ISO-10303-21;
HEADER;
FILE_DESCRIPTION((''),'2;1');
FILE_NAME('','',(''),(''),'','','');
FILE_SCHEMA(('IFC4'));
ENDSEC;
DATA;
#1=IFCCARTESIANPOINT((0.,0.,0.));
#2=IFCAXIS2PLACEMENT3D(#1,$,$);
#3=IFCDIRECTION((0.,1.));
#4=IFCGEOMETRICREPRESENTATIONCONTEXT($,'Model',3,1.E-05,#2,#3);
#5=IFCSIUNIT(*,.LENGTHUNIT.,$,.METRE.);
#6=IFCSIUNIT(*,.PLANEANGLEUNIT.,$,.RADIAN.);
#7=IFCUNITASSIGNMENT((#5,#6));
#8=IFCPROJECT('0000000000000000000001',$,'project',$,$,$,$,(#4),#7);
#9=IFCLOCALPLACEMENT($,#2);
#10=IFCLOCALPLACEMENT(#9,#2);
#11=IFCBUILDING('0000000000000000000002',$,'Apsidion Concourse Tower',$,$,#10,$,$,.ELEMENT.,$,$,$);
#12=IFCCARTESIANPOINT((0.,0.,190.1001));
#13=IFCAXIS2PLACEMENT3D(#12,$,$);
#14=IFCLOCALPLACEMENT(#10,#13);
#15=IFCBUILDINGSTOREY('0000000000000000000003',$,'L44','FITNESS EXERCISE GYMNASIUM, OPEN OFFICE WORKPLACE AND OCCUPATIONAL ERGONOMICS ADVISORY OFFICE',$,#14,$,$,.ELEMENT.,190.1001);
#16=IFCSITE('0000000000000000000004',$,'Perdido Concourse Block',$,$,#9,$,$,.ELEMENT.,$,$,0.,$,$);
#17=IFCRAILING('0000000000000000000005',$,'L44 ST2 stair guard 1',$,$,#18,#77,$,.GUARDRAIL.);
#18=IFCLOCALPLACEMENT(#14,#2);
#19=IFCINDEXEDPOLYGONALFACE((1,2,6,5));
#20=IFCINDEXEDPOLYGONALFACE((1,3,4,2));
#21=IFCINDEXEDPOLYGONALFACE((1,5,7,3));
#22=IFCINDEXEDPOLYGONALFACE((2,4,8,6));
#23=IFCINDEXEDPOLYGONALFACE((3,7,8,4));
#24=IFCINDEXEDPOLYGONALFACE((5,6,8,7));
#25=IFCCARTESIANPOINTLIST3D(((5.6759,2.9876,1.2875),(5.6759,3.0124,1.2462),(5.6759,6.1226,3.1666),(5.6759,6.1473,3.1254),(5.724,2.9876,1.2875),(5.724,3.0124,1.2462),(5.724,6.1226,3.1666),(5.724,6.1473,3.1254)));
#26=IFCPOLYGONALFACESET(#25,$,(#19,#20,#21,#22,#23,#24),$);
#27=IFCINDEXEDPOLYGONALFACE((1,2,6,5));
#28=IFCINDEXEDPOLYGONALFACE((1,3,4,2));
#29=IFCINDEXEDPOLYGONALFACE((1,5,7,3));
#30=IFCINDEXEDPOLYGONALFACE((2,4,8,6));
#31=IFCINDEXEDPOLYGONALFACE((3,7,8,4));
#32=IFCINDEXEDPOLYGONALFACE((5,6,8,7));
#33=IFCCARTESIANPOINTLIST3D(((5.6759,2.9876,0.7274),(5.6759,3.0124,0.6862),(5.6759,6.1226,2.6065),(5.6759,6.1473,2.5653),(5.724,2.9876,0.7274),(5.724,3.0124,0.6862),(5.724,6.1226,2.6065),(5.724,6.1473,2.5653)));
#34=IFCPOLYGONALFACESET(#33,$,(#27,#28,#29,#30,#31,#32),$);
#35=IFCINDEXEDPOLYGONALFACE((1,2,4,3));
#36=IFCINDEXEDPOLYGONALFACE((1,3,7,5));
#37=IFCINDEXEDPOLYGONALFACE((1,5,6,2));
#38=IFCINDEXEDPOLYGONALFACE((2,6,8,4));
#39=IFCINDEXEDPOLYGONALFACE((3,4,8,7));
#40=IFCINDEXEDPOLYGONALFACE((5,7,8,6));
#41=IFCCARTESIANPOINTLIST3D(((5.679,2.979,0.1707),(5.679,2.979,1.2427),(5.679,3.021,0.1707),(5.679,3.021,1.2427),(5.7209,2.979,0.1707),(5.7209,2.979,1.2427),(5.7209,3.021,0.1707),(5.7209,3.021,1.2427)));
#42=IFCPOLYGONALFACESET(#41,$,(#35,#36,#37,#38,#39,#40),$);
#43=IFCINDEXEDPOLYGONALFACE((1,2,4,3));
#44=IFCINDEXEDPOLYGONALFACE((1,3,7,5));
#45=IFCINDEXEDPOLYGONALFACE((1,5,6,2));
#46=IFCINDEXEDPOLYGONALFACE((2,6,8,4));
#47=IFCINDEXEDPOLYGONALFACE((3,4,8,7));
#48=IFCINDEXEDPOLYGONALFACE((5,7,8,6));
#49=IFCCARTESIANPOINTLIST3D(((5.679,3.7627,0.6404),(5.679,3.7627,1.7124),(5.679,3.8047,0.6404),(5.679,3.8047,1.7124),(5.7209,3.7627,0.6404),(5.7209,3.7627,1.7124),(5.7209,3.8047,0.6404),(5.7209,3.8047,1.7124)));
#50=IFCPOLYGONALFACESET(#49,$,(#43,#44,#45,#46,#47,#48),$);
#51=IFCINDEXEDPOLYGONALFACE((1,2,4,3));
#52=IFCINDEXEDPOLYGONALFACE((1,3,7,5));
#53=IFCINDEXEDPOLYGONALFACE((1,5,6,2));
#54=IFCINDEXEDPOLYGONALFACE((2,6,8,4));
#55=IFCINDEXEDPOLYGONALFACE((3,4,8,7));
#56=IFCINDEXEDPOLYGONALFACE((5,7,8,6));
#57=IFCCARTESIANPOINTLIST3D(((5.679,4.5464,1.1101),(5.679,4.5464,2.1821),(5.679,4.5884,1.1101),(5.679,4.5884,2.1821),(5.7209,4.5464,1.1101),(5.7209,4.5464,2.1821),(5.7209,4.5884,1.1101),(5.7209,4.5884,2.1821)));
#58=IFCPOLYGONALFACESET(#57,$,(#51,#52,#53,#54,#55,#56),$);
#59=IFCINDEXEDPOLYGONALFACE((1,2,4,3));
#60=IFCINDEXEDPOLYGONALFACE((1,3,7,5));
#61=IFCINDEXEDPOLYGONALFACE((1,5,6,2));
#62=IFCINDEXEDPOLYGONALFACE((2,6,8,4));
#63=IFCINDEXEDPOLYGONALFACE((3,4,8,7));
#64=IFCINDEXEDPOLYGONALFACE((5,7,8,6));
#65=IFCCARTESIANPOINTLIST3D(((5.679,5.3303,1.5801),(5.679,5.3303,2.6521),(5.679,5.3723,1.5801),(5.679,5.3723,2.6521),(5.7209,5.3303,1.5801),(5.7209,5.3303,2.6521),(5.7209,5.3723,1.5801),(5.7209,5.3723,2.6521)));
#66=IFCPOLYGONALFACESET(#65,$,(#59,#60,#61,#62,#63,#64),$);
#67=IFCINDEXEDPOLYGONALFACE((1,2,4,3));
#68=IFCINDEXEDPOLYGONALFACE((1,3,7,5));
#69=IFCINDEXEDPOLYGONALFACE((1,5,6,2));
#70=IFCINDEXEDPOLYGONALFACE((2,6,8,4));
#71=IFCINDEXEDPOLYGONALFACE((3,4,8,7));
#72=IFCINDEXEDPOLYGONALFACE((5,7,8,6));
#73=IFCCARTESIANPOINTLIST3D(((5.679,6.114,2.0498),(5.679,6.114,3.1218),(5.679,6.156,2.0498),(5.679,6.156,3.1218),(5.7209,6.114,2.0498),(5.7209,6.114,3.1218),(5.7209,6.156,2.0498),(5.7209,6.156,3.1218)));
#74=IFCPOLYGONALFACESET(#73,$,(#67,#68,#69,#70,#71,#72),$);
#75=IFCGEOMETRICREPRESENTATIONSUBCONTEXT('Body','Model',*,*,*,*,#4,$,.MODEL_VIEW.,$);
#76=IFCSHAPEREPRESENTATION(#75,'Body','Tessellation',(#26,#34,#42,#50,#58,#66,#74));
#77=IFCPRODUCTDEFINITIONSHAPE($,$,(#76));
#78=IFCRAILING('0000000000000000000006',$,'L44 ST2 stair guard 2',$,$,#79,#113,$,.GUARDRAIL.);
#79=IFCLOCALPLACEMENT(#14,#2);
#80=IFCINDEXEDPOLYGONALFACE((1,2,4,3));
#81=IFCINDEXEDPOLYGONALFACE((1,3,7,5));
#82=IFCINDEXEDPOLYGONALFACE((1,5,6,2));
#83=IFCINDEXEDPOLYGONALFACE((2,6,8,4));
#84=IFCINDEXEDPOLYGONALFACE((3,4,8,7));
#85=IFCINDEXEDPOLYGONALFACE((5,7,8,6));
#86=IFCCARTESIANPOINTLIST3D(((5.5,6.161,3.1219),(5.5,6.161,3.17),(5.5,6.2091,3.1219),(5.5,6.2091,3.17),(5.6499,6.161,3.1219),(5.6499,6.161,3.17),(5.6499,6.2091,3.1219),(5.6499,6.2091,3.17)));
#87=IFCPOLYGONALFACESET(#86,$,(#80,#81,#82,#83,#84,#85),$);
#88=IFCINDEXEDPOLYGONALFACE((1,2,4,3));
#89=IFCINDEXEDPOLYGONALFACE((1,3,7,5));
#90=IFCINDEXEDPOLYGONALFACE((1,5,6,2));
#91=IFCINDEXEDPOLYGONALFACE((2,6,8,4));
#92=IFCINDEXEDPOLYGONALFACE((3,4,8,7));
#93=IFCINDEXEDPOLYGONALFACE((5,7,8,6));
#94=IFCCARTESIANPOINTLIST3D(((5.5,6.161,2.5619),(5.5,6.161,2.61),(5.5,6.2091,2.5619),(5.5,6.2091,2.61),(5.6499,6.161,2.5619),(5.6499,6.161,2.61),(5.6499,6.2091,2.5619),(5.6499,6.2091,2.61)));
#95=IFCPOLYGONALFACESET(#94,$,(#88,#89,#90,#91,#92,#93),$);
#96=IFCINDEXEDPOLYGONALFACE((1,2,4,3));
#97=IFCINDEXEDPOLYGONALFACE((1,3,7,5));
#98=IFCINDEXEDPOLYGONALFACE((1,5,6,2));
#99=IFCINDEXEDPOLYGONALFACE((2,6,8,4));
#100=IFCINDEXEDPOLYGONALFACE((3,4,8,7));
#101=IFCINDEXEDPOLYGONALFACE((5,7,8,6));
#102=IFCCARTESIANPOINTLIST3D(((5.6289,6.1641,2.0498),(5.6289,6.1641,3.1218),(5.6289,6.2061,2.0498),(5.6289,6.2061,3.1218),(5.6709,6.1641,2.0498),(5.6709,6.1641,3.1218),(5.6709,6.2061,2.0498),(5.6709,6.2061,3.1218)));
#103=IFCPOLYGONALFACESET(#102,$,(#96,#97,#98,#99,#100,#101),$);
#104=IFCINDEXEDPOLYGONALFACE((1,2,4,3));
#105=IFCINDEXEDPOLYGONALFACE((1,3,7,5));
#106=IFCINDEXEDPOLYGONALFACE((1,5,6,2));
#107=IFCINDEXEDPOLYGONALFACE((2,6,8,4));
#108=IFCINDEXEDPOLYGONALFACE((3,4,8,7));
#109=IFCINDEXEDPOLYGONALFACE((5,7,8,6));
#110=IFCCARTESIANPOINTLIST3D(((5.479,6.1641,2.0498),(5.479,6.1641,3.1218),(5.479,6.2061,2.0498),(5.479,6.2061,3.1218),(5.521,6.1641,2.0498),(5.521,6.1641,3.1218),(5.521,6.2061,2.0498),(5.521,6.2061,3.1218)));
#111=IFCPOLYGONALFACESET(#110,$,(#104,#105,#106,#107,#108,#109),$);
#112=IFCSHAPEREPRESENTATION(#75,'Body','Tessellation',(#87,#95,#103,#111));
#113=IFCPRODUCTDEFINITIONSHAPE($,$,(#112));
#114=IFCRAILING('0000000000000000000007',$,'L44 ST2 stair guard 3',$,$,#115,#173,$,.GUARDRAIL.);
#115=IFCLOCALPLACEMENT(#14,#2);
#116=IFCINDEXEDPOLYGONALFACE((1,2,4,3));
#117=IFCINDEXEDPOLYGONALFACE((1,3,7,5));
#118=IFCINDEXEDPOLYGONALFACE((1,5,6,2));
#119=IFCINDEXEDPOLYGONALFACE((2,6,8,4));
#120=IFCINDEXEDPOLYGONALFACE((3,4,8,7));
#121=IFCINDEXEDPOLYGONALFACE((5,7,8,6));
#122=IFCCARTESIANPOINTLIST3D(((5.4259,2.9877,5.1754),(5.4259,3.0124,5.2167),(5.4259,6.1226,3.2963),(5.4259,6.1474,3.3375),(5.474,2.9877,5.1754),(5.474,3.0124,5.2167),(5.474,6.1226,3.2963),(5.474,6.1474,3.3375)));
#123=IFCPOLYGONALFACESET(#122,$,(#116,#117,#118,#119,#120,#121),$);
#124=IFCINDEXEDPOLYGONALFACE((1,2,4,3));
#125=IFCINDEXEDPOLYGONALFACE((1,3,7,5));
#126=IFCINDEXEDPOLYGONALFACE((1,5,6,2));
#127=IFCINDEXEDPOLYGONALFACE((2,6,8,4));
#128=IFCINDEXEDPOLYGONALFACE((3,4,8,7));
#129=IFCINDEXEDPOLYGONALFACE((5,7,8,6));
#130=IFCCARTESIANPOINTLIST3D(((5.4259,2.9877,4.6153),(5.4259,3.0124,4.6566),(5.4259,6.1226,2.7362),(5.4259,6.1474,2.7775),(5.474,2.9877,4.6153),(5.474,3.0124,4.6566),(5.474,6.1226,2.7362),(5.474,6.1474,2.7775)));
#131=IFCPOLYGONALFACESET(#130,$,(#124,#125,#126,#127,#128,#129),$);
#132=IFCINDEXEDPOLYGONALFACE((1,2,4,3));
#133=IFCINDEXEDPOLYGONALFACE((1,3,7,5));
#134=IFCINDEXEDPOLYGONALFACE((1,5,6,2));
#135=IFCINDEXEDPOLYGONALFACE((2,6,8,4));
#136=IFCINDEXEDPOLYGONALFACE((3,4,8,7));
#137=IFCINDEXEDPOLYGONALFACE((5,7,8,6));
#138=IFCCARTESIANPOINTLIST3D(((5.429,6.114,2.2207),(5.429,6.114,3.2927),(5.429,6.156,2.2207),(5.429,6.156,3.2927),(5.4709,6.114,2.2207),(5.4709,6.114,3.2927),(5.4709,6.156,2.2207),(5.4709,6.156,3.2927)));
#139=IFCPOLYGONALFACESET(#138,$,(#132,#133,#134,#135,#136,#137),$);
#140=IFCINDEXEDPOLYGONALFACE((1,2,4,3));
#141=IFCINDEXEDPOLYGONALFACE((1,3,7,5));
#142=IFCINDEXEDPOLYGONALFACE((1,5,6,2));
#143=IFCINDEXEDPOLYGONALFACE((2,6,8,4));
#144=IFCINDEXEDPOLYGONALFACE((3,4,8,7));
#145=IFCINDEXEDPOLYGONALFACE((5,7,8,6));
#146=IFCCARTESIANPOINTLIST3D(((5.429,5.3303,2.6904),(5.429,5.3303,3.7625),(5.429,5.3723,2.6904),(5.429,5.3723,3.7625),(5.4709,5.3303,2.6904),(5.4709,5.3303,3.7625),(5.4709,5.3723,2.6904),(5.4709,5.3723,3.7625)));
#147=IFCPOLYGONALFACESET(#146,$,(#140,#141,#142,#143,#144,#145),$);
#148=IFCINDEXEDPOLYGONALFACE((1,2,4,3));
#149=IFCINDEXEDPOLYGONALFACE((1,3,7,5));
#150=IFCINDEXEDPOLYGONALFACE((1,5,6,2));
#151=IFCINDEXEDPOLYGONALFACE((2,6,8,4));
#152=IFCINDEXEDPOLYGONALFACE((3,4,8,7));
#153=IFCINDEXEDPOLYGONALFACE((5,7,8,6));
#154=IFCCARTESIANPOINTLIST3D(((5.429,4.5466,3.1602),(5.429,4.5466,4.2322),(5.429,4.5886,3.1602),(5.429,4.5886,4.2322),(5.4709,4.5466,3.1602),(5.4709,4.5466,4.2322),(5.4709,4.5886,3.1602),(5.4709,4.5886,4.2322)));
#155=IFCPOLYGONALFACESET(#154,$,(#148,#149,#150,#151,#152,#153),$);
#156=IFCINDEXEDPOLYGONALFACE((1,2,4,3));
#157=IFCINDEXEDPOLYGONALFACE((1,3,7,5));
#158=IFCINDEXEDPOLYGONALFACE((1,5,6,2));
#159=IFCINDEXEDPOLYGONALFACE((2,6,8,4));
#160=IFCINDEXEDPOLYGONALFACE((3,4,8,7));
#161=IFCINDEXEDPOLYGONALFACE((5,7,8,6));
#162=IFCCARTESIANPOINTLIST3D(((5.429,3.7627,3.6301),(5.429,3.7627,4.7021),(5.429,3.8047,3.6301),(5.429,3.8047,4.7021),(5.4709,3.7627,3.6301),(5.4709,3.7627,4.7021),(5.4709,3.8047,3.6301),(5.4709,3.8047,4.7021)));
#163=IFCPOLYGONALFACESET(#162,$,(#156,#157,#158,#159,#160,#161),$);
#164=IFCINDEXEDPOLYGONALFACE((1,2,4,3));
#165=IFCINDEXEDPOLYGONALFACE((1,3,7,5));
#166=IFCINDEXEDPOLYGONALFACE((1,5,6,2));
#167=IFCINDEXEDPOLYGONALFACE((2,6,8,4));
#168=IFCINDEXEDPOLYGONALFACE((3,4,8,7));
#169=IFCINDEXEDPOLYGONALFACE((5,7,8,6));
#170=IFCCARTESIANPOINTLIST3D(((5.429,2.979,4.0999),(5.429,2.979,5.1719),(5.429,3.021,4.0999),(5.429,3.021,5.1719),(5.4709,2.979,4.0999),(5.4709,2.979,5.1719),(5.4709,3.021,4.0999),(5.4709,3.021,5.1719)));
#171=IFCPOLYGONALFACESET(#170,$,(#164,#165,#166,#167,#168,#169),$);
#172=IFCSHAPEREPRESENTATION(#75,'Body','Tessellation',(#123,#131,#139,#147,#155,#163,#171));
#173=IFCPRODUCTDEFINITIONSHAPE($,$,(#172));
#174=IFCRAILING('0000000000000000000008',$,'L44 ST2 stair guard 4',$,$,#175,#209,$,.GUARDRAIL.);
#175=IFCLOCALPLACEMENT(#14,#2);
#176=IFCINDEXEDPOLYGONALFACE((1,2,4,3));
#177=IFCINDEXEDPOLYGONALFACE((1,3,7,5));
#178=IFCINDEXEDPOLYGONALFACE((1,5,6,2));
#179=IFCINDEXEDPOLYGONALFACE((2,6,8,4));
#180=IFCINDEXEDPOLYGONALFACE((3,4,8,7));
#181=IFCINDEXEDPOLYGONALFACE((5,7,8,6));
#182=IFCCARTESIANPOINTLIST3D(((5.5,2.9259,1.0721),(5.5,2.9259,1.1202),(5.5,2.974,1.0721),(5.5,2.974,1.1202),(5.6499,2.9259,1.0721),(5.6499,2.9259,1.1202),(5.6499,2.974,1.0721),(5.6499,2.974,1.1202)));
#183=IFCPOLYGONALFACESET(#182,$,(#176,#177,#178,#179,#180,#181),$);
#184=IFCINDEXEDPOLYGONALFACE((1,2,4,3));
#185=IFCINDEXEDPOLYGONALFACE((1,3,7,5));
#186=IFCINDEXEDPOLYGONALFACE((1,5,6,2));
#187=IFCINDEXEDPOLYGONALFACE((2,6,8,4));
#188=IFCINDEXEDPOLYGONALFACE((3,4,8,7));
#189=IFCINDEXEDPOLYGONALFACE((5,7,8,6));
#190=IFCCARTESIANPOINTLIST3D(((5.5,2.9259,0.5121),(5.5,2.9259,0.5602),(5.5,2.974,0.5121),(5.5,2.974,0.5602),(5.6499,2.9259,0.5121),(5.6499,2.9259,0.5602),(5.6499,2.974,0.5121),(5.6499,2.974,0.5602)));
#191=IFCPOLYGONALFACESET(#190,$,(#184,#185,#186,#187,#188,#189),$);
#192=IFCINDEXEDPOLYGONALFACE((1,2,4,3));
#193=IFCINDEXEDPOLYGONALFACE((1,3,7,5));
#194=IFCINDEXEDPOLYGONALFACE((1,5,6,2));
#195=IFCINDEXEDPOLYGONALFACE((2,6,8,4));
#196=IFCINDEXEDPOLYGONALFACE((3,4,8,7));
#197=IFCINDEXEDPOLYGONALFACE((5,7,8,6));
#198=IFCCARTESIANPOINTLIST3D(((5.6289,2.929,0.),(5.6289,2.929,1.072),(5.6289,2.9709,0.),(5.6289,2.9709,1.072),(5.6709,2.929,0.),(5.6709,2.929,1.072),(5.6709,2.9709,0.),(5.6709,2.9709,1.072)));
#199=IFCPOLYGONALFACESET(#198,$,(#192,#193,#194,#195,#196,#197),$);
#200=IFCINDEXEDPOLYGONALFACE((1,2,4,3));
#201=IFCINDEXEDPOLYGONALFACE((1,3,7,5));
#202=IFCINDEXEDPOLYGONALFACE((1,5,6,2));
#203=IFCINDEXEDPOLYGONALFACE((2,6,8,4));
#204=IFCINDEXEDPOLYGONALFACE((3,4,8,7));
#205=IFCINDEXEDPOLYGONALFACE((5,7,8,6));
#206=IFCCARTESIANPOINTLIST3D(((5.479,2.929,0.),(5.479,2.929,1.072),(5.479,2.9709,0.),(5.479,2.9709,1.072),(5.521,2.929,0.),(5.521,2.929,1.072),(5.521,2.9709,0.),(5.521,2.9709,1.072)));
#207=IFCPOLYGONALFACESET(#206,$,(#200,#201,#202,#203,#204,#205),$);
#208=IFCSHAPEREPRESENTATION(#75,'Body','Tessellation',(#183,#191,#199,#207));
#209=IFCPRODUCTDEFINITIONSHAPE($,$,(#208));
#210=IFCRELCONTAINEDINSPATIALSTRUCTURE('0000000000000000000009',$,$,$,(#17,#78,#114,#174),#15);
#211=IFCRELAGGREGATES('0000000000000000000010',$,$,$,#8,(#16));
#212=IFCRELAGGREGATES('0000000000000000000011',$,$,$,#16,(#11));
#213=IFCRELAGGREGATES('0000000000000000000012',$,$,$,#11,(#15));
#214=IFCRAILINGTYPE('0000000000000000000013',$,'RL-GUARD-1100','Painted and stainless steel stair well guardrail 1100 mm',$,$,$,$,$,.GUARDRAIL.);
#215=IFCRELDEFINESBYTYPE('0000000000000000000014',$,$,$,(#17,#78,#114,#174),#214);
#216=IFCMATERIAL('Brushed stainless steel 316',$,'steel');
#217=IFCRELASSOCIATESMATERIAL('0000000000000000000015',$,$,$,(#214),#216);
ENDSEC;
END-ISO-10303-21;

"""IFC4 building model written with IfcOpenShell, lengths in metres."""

from ifc_helpers import new_model, si_unit, direction, frame, origin, origin_2d, place, context, subcontext, project, spatial, rectangle, extrude, material, type_object, element, save


model = new_model("IFC4")

# Units and contexts
model_context = context("Model", 3, precision=1e-05, world=origin(), true_north=direction((0.0, 1.0)))
body_context = subcontext(model_context, "Body", "Model", "MODEL_VIEW")
ifc_project = project(units=[si_unit("LENGTHUNIT", "METRE"), si_unit("PLANEANGLEUNIT", "RADIAN")], contexts=[model_context])

# Site, building, storey
site_placement = place(None, origin())
site = spatial("IfcSite", under=ifc_project, at=site_placement, Name="Perdido Concourse Block", CompositionType="ELEMENT", RefElevation=0.0)
building_placement = place(site_placement, origin())
building = spatial("IfcBuilding", under=site, at=building_placement, Name="Apsidion Concourse Tower", CompositionType="ELEMENT")
storey_placement = place(building_placement, frame((0.0, 0.0, 190.1001)))
storey = spatial("IfcBuildingStorey", under=building, at=storey_placement, Name="L44", Description="FITNESS EXERCISE GYMNASIUM, OPEN OFFICE WORKPLACE AND OCCUPATIONAL ERGONOMICS ADVISORY OFFICE", CompositionType="ELEMENT", Elevation=190.1001)

# Railings
ifc_material_1 = material(Name="Brushed stainless steel 316", Category="steel")
railing_type_1 = type_object("IfcRailingType", Name="RL-GUARD-1100", Description="Painted and stainless steel stair well guardrail 1100 mm", PredefinedType="GUARDRAIL", material=ifc_material_1)
railing_1_placement = place(storey_placement, frame((5.7, 3.0, 0.1707)))
element("IfcRailing", 1, at=railing_1_placement, inside=storey, type_object=railing_type_1, Name="L44 ST2 stair guard 1", PredefinedType="GUARDRAIL", context=body_context, shape_type="SweptSolid", body=[
    extrude(rectangle(XDim=0.0481, YDim=0.0481, at=origin_2d()), frame((0.0, 0.0, 1.0962), z_axis=(0.0, 0.857717, 0.514122), x_axis=(-1.0, 0.0, 0.0)), (0.0, 0.0, 1.0), 3.655),
    extrude(rectangle(XDim=0.0481, YDim=0.0481, at=origin_2d()), frame((0.0, 0.0, 0.5361), z_axis=(0.0, 0.857717, 0.514122), x_axis=(-1.0, 0.0, 0.0)), (0.0, 0.0, 1.0), 3.655),
    extrude(rectangle(XDim=0.042, YDim=0.042, at=origin_2d()), origin(), (0.0, 0.0, 1.0), 1.072),
    extrude(rectangle(XDim=0.042, YDim=0.042, at=origin_2d()), frame((0.0, 0.7837, 0.4697)), (0.0, 0.0, 1.0), 1.072),
    extrude(rectangle(XDim=0.042, YDim=0.042, at=origin_2d()), frame((0.0, 1.5674, 0.9395)), (0.0, 0.0, 1.0), 1.072),
    extrude(rectangle(XDim=0.042, YDim=0.042, at=origin_2d()), frame((0.0, 2.3513, 1.4094)), (0.0, 0.0, 1.0), 1.072),
    extrude(rectangle(XDim=0.042, YDim=0.042, at=origin_2d()), frame((0.0, 3.135, 1.8792)), (0.0, 0.0, 1.0), 1.072),
])
railing_2_placement = place(storey_placement, frame((5.6499, 6.1851, 2.0498)))
element("IfcRailing", 2, at=railing_2_placement, inside=storey, type_object=railing_type_1, Name="L44 ST2 stair guard 2", PredefinedType="GUARDRAIL", context=body_context, shape_type="SweptSolid", body=[
    extrude(rectangle(XDim=0.0481, YDim=0.0481, at=origin_2d()), frame((0.0, 0.0, 1.0962), z_axis=(-1.0, 0.0, 0.0), x_axis=(0.0, -1.0, 0.0)), (0.0, 0.0, 1.0), 0.1499),
    extrude(rectangle(XDim=0.0481, YDim=0.0481, at=origin_2d()), frame((0.0, 0.0, 0.5361), z_axis=(-1.0, 0.0, 0.0), x_axis=(0.0, -1.0, 0.0)), (0.0, 0.0, 1.0), 0.1499),
    extrude(rectangle(XDim=0.042, YDim=0.042, at=origin_2d()), origin(), (0.0, 0.0, 1.0), 1.072),
    extrude(rectangle(XDim=0.042, YDim=0.042, at=origin_2d()), frame((-0.1499, 0.0, 0.0)), (0.0, 0.0, 1.0), 1.072),
])
railing_3_placement = place(storey_placement, frame((5.45, 6.135, 2.2207)))
element("IfcRailing", 3, at=railing_3_placement, inside=storey, type_object=railing_type_1, Name="L44 ST2 stair guard 3", PredefinedType="GUARDRAIL", context=body_context, shape_type="SweptSolid", body=[
    extrude(rectangle(XDim=0.0481, YDim=0.0481, at=origin_2d()), frame((0.0, 0.0, 1.0962), z_axis=(0.0, -0.857717, 0.514122), x_axis=(1.0, 0.0, 0.0)), (0.0, 0.0, 1.0), 3.655),
    extrude(rectangle(XDim=0.0481, YDim=0.0481, at=origin_2d()), frame((0.0, 0.0, 0.5361), z_axis=(0.0, -0.857717, 0.514122), x_axis=(1.0, 0.0, 0.0)), (0.0, 0.0, 1.0), 3.655),
    extrude(rectangle(XDim=0.042, YDim=0.042, at=origin_2d()), origin(), (0.0, 0.0, 1.0), 1.072),
    extrude(rectangle(XDim=0.042, YDim=0.042, at=origin_2d()), frame((0.0, -0.7837, 0.4697)), (0.0, 0.0, 1.0), 1.072),
    extrude(rectangle(XDim=0.042, YDim=0.042, at=origin_2d()), frame((0.0, -1.5674, 0.9395)), (0.0, 0.0, 1.0), 1.072),
    extrude(rectangle(XDim=0.042, YDim=0.042, at=origin_2d()), frame((0.0, -2.3513, 1.4094)), (0.0, 0.0, 1.0), 1.072),
    extrude(rectangle(XDim=0.042, YDim=0.042, at=origin_2d()), frame((0.0, -3.135, 1.8792)), (0.0, 0.0, 1.0), 1.072),
])
railing_4_placement = place(storey_placement, frame((5.6499, 2.95, 0.0)))
element("IfcRailing", 4, at=railing_4_placement, inside=storey, type_object=railing_type_1, Name="L44 ST2 stair guard 4", PredefinedType="GUARDRAIL", context=body_context, shape_type="SweptSolid", body=[
    extrude(rectangle(XDim=0.0481, YDim=0.0481, at=origin_2d()), frame((0.0, 0.0, 1.0962), z_axis=(-1.0, 0.0, 0.0), x_axis=(0.0, -1.0, 0.0)), (0.0, 0.0, 1.0), 0.1499),
    extrude(rectangle(XDim=0.0481, YDim=0.0481, at=origin_2d()), frame((0.0, 0.0, 0.5361), z_axis=(-1.0, 0.0, 0.0), x_axis=(0.0, -1.0, 0.0)), (0.0, 0.0, 1.0), 0.1499),
    extrude(rectangle(XDim=0.042, YDim=0.042, at=origin_2d()), origin(), (0.0, 0.0, 1.0), 1.072),
    extrude(rectangle(XDim=0.042, YDim=0.042, at=origin_2d()), frame((-0.1499, 0.0, 0.0)), (0.0, 0.0, 1.0), 1.072),
])

save(model, "model.ifc")
